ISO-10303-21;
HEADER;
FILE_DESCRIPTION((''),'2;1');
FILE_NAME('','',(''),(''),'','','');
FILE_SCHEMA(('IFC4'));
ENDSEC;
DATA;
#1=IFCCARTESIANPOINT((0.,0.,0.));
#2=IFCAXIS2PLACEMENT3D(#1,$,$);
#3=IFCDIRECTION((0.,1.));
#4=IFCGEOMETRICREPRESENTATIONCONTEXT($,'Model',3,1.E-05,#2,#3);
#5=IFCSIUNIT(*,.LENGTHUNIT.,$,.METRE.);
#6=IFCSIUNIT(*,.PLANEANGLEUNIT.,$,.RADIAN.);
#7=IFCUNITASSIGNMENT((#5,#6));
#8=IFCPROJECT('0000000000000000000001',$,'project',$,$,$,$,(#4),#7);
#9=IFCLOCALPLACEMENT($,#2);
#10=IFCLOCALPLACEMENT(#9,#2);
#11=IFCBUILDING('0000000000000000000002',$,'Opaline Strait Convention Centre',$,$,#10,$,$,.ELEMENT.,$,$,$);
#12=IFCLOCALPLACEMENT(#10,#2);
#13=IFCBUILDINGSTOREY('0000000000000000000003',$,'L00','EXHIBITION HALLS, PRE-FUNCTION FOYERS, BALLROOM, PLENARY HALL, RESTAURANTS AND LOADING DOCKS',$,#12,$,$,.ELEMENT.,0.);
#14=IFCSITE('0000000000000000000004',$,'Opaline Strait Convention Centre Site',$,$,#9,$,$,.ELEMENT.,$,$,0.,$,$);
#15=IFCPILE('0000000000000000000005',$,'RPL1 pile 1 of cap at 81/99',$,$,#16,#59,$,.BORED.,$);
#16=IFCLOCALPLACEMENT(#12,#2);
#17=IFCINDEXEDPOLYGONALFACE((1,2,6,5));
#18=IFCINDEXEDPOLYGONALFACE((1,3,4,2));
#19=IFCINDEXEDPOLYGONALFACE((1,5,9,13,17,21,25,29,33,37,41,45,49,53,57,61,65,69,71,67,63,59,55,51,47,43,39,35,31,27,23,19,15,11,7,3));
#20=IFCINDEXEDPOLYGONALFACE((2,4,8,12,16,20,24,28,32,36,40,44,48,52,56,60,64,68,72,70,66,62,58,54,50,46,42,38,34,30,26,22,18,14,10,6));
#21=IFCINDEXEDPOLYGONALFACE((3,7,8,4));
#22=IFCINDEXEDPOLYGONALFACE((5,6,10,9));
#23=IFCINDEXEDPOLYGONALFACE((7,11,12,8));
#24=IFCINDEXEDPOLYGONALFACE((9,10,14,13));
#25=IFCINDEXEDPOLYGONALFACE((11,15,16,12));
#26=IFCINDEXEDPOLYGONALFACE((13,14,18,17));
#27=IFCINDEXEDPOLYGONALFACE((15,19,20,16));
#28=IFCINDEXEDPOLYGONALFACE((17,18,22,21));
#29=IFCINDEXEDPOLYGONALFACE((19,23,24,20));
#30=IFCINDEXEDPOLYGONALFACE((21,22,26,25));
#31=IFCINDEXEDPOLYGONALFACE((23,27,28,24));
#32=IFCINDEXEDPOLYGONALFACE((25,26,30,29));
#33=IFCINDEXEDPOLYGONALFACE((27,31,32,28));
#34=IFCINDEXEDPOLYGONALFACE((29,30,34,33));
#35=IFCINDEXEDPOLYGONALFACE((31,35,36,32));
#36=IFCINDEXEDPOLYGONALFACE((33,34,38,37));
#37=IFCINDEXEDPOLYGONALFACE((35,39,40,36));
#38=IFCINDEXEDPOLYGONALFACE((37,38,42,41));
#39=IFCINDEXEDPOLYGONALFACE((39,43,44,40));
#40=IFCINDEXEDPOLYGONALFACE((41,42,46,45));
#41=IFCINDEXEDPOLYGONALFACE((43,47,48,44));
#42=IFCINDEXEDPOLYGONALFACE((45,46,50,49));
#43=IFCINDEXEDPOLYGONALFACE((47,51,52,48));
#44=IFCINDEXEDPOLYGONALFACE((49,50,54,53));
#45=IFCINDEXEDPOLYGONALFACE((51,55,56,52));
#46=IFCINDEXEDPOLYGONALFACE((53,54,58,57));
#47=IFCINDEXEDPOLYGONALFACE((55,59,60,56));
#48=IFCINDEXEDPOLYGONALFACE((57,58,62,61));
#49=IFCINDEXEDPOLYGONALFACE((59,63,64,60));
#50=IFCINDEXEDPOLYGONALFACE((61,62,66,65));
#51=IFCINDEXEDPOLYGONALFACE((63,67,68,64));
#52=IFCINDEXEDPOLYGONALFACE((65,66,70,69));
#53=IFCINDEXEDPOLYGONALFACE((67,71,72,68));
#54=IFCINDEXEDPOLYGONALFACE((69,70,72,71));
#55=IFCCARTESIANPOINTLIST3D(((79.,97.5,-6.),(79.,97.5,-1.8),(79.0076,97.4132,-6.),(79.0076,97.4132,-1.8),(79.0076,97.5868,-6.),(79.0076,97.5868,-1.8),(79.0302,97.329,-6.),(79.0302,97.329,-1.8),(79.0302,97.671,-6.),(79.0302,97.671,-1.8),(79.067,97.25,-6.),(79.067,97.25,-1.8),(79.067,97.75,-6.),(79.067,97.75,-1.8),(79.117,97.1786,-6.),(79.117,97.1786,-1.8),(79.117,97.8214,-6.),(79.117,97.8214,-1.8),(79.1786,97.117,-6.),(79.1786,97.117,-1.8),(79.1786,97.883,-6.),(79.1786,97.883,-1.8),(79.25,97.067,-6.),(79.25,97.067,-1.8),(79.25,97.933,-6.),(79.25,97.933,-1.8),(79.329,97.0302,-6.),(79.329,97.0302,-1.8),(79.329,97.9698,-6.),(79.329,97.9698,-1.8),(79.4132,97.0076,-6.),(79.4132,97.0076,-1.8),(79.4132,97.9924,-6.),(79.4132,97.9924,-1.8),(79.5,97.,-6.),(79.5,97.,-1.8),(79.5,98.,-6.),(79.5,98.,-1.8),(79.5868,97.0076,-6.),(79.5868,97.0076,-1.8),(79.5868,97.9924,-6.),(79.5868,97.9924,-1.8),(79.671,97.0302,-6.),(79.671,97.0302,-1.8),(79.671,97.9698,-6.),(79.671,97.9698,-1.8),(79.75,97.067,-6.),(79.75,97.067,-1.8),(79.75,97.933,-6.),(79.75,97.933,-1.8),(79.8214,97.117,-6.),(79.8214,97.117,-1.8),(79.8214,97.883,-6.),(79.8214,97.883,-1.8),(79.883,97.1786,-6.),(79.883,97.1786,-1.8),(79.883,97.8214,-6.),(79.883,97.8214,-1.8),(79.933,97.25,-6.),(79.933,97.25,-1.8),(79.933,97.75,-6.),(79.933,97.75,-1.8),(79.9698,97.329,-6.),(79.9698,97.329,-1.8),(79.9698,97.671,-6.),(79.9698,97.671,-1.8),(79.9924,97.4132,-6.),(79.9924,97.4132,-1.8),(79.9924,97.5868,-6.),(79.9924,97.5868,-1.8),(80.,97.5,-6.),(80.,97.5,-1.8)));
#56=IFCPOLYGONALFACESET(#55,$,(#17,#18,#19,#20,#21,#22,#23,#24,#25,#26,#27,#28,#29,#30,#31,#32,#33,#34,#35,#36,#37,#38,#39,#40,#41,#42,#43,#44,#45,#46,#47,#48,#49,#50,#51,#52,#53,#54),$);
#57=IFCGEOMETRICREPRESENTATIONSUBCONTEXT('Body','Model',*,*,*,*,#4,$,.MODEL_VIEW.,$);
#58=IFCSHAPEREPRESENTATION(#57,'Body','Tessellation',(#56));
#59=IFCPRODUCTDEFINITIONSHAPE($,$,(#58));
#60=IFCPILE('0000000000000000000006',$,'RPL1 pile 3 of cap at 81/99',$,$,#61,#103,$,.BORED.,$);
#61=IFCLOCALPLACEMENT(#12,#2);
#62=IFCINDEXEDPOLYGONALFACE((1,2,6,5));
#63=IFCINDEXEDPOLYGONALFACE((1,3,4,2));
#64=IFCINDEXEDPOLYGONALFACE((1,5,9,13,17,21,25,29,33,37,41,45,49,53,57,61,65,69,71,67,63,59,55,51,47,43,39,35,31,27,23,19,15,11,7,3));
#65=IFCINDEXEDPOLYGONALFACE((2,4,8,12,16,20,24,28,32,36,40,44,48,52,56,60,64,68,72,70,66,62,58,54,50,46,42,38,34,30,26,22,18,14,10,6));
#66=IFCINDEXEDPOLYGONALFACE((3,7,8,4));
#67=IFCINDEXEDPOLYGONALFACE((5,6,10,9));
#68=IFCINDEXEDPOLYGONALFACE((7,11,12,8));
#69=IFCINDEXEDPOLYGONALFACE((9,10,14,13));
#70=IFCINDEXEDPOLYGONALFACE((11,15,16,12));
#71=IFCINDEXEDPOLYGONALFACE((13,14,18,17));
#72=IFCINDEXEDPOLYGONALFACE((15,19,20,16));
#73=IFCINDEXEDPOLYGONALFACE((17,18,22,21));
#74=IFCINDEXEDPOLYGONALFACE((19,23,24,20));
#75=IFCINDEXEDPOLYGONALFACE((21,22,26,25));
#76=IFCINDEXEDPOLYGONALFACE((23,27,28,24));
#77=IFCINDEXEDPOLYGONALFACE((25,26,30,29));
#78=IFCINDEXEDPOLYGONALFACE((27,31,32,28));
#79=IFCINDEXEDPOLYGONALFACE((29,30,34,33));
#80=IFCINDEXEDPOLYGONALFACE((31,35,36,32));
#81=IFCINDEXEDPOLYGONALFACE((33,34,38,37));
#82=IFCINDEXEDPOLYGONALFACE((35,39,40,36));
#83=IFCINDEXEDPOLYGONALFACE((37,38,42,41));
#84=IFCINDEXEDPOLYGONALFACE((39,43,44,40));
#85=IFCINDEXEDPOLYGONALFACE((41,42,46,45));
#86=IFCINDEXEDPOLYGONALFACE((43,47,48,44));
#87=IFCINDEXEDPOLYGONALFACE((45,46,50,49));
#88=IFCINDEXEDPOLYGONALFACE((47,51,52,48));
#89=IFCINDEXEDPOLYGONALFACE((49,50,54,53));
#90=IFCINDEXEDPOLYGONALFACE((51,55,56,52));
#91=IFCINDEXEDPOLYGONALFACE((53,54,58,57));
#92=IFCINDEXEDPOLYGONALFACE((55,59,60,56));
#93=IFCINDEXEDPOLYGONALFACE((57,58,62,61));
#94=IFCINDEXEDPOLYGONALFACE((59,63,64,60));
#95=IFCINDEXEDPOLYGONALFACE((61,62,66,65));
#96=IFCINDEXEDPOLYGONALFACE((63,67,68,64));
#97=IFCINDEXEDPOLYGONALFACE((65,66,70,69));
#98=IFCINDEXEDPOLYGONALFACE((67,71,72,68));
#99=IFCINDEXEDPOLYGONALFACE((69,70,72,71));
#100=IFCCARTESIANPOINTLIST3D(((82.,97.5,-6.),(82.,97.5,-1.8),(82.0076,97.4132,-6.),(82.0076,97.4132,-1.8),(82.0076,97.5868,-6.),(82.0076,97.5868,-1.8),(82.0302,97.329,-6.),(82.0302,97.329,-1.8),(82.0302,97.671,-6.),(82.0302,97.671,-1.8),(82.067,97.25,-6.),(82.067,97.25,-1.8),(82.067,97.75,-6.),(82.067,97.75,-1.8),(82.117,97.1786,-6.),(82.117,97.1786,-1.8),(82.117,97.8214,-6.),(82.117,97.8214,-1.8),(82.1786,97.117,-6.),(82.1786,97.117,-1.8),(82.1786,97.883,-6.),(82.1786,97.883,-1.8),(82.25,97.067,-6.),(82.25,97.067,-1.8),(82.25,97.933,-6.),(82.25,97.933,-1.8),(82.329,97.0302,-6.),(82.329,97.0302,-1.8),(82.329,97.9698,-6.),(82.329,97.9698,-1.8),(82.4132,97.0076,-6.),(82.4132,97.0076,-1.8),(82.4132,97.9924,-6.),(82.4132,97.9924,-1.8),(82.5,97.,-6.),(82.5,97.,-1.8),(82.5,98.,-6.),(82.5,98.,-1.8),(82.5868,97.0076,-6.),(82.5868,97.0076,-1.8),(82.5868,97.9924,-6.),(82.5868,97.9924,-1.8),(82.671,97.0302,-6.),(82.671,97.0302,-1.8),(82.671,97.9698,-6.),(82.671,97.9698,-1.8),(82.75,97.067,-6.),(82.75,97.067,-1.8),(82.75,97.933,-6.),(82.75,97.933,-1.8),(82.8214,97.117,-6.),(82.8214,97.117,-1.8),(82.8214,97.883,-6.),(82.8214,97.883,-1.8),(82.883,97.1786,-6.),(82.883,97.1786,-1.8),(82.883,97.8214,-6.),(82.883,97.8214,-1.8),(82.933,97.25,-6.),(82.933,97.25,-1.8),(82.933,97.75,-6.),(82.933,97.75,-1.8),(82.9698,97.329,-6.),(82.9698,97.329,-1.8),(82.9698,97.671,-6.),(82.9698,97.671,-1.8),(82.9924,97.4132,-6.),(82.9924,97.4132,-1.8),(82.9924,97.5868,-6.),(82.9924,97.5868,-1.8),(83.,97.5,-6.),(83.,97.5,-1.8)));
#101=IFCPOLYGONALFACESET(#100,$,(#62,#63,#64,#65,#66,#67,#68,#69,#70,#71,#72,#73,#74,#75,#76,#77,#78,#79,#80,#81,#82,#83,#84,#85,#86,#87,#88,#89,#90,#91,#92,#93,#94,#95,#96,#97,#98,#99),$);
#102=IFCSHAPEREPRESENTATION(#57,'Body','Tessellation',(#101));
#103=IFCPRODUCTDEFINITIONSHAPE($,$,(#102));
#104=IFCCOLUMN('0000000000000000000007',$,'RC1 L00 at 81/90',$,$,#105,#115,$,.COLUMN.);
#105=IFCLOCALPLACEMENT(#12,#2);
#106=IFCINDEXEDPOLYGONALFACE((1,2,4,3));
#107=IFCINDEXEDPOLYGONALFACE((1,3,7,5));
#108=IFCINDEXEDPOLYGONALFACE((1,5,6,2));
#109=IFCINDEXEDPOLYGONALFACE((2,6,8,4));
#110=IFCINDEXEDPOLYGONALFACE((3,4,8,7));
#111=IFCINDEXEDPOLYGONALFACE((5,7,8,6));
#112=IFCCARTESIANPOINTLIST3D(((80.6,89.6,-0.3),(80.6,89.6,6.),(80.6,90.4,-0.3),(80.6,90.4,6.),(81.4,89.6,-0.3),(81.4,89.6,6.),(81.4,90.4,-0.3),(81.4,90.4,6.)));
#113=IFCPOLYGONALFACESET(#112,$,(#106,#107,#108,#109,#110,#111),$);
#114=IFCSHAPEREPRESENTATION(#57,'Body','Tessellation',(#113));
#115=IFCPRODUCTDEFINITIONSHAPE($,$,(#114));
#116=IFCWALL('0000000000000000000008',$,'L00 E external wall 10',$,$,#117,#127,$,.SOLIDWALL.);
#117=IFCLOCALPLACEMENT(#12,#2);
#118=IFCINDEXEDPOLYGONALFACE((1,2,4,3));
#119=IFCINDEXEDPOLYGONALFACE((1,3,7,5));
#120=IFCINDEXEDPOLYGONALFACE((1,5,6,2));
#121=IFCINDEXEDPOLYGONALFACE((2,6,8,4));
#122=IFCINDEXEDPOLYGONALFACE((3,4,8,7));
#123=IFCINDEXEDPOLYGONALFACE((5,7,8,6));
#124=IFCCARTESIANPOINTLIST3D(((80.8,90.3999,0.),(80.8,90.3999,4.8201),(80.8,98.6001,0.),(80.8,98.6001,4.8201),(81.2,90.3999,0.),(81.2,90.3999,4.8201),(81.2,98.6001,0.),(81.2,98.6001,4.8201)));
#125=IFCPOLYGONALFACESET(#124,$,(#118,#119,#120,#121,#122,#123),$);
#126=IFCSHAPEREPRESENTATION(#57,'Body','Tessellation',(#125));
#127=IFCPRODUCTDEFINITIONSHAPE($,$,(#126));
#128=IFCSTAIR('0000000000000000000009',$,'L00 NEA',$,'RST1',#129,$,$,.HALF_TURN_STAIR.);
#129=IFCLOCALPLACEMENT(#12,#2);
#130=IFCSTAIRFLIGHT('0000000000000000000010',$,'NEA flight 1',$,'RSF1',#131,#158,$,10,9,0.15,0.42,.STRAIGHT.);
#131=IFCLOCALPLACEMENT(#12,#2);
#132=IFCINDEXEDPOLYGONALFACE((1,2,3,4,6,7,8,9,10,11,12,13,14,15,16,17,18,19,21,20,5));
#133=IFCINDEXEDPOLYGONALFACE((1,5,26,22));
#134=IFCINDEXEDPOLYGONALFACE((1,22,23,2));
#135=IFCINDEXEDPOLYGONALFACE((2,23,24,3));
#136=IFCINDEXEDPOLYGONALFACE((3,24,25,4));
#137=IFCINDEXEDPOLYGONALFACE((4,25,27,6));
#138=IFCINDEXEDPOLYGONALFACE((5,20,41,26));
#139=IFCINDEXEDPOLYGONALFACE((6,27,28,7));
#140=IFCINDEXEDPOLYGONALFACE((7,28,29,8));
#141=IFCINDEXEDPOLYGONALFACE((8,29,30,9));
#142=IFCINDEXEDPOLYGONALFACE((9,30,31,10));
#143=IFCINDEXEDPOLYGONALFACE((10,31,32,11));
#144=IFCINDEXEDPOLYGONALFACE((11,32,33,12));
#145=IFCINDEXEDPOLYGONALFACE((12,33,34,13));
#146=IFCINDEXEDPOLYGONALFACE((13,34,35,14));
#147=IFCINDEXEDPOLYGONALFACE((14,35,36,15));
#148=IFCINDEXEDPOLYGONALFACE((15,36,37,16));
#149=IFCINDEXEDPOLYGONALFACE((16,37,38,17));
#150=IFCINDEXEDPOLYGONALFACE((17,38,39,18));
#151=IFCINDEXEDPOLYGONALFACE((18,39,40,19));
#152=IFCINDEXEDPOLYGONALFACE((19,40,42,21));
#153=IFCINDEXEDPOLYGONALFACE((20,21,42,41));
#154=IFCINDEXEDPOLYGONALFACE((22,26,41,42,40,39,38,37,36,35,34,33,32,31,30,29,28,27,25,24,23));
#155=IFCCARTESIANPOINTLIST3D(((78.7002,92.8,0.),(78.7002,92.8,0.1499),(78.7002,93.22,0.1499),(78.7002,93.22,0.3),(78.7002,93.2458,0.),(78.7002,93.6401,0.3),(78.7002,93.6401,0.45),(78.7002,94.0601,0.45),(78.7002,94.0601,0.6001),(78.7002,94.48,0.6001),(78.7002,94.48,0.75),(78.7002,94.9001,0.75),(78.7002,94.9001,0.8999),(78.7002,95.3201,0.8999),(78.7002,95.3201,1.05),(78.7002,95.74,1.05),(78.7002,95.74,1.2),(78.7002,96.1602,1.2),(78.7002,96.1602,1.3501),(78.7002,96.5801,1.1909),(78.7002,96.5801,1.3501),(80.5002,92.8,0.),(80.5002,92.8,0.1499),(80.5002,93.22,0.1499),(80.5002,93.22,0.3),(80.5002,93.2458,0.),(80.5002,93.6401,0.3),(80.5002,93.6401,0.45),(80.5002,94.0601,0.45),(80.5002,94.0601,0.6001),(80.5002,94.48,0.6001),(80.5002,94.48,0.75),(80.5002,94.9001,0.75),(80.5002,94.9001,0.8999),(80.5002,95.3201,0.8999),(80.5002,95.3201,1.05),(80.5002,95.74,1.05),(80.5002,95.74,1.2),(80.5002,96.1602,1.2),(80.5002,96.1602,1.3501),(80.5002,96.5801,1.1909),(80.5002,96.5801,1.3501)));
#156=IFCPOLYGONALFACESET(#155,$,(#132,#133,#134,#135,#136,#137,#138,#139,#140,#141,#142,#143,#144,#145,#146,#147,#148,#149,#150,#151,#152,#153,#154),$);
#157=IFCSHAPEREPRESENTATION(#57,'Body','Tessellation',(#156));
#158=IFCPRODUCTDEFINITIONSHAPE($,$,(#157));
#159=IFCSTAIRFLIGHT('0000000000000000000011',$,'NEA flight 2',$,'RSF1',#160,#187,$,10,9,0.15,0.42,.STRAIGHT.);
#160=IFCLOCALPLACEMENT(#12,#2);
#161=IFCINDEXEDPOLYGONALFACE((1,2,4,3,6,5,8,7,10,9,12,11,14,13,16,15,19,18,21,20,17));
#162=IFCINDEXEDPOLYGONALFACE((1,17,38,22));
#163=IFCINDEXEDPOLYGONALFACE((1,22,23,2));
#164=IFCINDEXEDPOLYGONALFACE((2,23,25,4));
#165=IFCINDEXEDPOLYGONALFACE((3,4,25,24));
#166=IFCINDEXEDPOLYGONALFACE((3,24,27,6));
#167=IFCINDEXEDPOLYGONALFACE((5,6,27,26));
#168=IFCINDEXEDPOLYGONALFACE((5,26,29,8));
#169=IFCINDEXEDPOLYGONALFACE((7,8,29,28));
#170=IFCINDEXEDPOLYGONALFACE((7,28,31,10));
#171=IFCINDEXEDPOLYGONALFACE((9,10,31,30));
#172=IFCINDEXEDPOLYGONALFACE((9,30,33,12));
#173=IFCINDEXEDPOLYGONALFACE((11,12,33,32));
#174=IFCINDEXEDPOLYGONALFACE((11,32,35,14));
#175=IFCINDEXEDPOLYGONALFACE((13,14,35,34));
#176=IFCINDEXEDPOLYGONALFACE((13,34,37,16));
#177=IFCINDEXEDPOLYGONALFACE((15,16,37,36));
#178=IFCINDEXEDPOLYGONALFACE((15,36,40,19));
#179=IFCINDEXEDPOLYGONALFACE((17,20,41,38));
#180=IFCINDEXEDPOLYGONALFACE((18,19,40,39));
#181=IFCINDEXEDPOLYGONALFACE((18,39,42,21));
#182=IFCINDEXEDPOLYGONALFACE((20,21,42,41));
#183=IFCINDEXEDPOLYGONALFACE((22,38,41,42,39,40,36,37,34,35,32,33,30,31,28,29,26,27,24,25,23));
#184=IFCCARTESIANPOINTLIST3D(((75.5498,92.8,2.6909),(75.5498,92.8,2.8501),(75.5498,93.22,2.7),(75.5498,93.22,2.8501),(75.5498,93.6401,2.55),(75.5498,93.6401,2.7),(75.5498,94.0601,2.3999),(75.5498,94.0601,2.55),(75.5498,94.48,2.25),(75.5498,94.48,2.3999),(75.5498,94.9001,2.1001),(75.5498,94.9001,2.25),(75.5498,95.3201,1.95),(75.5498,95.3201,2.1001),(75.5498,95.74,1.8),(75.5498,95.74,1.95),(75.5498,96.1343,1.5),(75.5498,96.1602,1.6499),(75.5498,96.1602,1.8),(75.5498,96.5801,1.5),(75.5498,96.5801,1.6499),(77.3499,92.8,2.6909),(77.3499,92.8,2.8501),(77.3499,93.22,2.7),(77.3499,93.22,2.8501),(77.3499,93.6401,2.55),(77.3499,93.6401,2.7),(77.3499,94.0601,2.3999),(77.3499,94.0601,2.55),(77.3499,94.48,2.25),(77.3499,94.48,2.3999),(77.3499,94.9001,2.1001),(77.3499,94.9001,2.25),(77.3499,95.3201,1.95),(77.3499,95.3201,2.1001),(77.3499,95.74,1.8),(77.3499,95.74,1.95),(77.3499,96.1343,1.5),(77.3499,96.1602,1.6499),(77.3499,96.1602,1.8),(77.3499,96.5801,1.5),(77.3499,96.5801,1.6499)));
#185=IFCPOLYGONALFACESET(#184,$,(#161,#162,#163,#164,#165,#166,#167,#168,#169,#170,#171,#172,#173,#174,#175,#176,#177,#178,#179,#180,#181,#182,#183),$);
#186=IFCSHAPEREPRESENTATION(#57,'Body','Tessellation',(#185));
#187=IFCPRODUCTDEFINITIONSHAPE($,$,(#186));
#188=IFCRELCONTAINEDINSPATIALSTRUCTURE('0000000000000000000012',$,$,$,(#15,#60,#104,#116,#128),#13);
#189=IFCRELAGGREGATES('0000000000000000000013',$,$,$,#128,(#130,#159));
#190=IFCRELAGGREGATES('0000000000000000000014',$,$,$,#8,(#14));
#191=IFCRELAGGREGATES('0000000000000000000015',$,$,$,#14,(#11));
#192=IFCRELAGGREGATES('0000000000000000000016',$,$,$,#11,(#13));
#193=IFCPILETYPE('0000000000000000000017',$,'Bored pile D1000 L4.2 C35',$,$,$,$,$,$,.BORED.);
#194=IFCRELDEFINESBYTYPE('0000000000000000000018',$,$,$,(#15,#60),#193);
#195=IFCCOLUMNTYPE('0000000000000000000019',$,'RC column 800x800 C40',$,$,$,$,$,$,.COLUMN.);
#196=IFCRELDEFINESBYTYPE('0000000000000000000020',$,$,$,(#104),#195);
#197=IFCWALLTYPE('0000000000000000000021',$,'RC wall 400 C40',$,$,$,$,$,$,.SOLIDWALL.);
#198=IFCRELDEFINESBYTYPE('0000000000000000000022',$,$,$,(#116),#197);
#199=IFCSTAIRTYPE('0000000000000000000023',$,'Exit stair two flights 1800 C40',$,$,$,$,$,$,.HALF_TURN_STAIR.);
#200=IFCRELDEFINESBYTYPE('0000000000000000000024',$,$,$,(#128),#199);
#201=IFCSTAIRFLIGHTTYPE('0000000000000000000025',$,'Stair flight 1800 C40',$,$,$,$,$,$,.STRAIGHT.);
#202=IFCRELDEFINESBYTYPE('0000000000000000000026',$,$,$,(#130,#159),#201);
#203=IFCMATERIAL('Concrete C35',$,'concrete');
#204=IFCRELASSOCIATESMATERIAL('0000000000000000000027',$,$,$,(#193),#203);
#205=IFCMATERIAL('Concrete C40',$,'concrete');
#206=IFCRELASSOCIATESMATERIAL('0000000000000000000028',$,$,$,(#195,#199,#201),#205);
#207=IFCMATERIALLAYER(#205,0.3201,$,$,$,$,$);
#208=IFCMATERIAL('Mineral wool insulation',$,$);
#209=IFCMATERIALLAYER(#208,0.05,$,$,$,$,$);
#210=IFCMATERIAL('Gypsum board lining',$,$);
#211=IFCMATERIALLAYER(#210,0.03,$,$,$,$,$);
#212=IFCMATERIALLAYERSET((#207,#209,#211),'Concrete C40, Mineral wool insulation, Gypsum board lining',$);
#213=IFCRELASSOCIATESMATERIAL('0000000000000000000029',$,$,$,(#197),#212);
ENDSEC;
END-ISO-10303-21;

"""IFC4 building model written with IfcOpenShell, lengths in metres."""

from ifc_helpers import new_model, si_unit, direction, frame, frame_2d, origin, origin_2d, place, context, subcontext, project, spatial, polyline, rectangle, circle, outline, extrude, material, layer, layer_set, material_profile, profile_set, type_object, element, aggregate, save


model = new_model("IFC4")

# Units and contexts
model_context = context("Model", 3, precision=1e-05, world=origin(), true_north=direction((0.0, 1.0)))
body_context = subcontext(model_context, "Body", "Model", "MODEL_VIEW")
ifc_project = project(units=[si_unit("LENGTHUNIT", "METRE"), si_unit("PLANEANGLEUNIT", "RADIAN")], contexts=[model_context])

# Site, building, storey
site_placement = place(None, origin())
site = spatial("IfcSite", under=ifc_project, at=site_placement, Name="Opaline Strait Convention Centre Site", CompositionType="ELEMENT", RefElevation=0.0)
building_placement = place(site_placement, origin())
building = spatial("IfcBuilding", under=site, at=building_placement, Name="Opaline Strait Convention Centre", CompositionType="ELEMENT")
storey_placement = place(building_placement, origin())
storey = spatial("IfcBuildingStorey", under=building, at=storey_placement, Name="L00", Description="EXHIBITION HALLS, PRE-FUNCTION FOYERS, BALLROOM, PLENARY HALL, RESTAURANTS AND LOADING DOCKS", CompositionType="ELEMENT", Elevation=0.0)

# Piles
ifc_material_1 = material(Name="Concrete C35", Category="concrete")
ifc_material_profile_1 = material_profile(ifc_material_1, circle(Radius=0.5, at=origin_2d()), Name="D1000")
ifc_profile_set_1 = profile_set([ifc_material_profile_1], Name="Concrete C35")
pile_type = type_object("IfcPileType", Name="Bored pile D1000 L4.2 C35", PredefinedType="BORED", material=ifc_profile_set_1)
for number, where, z_axis, x_axis, name in (
    (1, (79.5, 97.5, -1.8), (0.0, 0.0, -1.0), (1.0, 0.0, 0.0), "RPL1 pile 1 of cap at 81/99"),
    (2, (82.5, 97.5, -1.8), (0.0, 0.0, -1.0), (1.0, 0.0, 0.0), "RPL1 pile 3 of cap at 81/99"),
):
    element("IfcPile", number, at=place(storey_placement, frame(where, z_axis=z_axis, x_axis=x_axis)), inside=storey, type_object=pile_type, Name=name, PredefinedType="BORED", context=body_context, shape_type="SweptSolid", body=[
        extrude(circle(Radius=0.5, at=origin_2d()), origin(), (0.0, 0.0, 1.0), 4.2),
    ])

# Column
ifc_material_2 = material(Name="Concrete C40", Category="concrete")
ifc_material_profile_2 = material_profile(ifc_material_2, rectangle(XDim=0.8, YDim=0.8, at=origin_2d()), Name="RC 800x800")
ifc_profile_set_2 = profile_set([ifc_material_profile_2], Name="Concrete C40")
column_type = type_object("IfcColumnType", Name="RC column 800x800 C40", PredefinedType="COLUMN", material=ifc_profile_set_2)
column_placement = place(storey_placement, frame((81.0, 90.0, -0.3), z_axis=(0.0, 0.0, 1.0), x_axis=(1.0, 0.0, 0.0)))
element("IfcColumn", 3, at=column_placement, inside=storey, type_object=column_type, Name="RC1 L00 at 81/90", PredefinedType="COLUMN", context=body_context, shape_type="SweptSolid", body=[
    extrude(rectangle(XDim=0.8, YDim=0.8, at=origin_2d()), origin(), (0.0, 0.0, 1.0), 6.3),
])

# Wall
ifc_layer_1 = layer(ifc_material_2, 0.3201)
ifc_material_3 = material(Name="Mineral wool insulation")
ifc_layer_2 = layer(ifc_material_3, 0.05)
ifc_material_4 = material(Name="Gypsum board lining")
ifc_layer_3 = layer(ifc_material_4, 0.03)
ifc_layer_set_1 = layer_set([ifc_layer_1, ifc_layer_2, ifc_layer_3], Name="Concrete C40, Mineral wool insulation, Gypsum board lining")
wall_type_1 = type_object("IfcWallType", Name="RC wall 400 C40", PredefinedType="SOLIDWALL", material=ifc_layer_set_1)
wall_1_placement = place(storey_placement, frame((81.0, 90.3999, 0.0), z_axis=(0.0, 0.0, 1.0), x_axis=(0.0, 1.0, 0.0)))
element("IfcWall", 4, at=wall_1_placement, inside=storey, type_object=wall_type_1, Name="L00 E external wall 10", PredefinedType="SOLIDWALL", context=body_context, shape_type="SweptSolid", body=[
    extrude(rectangle(XDim=8.2002, YDim=0.3999, at=frame_2d((4.1001, 0.0))), origin(), (0.0, 0.0, 1.0), 4.8201),
])

# Stair, stair flights
stair_type = type_object("IfcStairType", Name="Exit stair two flights 1800 C40", PredefinedType="HALF_TURN_STAIR", material=ifc_material_2)
stair_placement = place(storey_placement, origin())
stair = element("IfcStair", 5, at=stair_placement, inside=storey, type_object=stair_type, Name="L00 NEA", ObjectType="RST1", PredefinedType="HALF_TURN_STAIR")
stair_flight_type = type_object("IfcStairFlightType", Name="Stair flight 1800 C40", PredefinedType="STRAIGHT", material=ifc_material_2)
stair_flight_1_placement = place(storey_placement, frame((79.6001, 92.8, 0.0), z_axis=(0.0, 0.0, 1.0), x_axis=(0.0, 1.0, 0.0)))
stair_flight_1 = element("IfcStairFlight", 6, at=stair_flight_1_placement, type_object=stair_flight_type, Name="NEA flight 1", ObjectType="RSF1", NumberOfRisers=10, NumberOfTreads=9, PredefinedType="STRAIGHT", RiserHeight=0.15, TreadLength=0.42, context=body_context, shape_type="SweptSolid", body=[
    extrude(outline(polyline([(0.0, 0.0), (0.0, 0.1499), (0.4199, 0.1499), (0.4199, 0.3), (0.8401, 0.3), (0.8401, 0.45), (1.26, 0.45), (1.26, 0.6001), (1.6799, 0.6001), (1.6799, 0.75), (2.1001, 0.75), (2.1001, 0.8999), (2.52, 0.8999), (2.52, 1.05), (2.9399, 1.05), (2.9399, 1.2), (3.3601, 1.2), (3.3601, 1.3501), (3.78, 1.3501), (3.78, 1.5), (3.78, 1.1909), (0.4458, 0.0), (0.0, 0.0)])), frame((0.0, 0.8999, 0.0), z_axis=(0.0, -1.0, 0.0), x_axis=(1.0, 0.0, 0.0)), (0.0, 0.0, 1.0), 1.8),
])
stair_flight_2_placement = place(storey_placement, frame((76.45, 96.5801, 1.5), z_axis=(0.0, 0.0, 1.0), x_axis=(0.0, -1.0, 0.0)))
stair_flight_2 = element("IfcStairFlight", 7, at=stair_flight_2_placement, type_object=stair_flight_type, Name="NEA flight 2", ObjectType="RSF1", NumberOfRisers=10, NumberOfTreads=9, PredefinedType="STRAIGHT", RiserHeight=0.15, TreadLength=0.42, context=body_context, shape_type="SweptSolid", body=[
    extrude(outline(polyline([(0.0, 0.0), (0.0, 0.1499), (0.4199, 0.1499), (0.4199, 0.3), (0.8401, 0.3), (0.8401, 0.45), (1.26, 0.45), (1.26, 0.6001), (1.6799, 0.6001), (1.6799, 0.75), (2.1001, 0.75), (2.1001, 0.8999), (2.52, 0.8999), (2.52, 1.05), (2.9399, 1.05), (2.9399, 1.2), (3.3601, 1.2), (3.3601, 1.3501), (3.78, 1.3501), (3.78, 1.5), (3.78, 1.1909), (0.4458, 0.0), (0.0, 0.0)])), frame((0.0, 0.8999, 0.0), z_axis=(0.0, -1.0, 0.0), x_axis=(1.0, 0.0, 0.0)), (0.0, 0.0, 1.0), 1.8),
])
aggregate(stair, [stair_flight_1, stair_flight_2])

save(model, "model.ifc")
